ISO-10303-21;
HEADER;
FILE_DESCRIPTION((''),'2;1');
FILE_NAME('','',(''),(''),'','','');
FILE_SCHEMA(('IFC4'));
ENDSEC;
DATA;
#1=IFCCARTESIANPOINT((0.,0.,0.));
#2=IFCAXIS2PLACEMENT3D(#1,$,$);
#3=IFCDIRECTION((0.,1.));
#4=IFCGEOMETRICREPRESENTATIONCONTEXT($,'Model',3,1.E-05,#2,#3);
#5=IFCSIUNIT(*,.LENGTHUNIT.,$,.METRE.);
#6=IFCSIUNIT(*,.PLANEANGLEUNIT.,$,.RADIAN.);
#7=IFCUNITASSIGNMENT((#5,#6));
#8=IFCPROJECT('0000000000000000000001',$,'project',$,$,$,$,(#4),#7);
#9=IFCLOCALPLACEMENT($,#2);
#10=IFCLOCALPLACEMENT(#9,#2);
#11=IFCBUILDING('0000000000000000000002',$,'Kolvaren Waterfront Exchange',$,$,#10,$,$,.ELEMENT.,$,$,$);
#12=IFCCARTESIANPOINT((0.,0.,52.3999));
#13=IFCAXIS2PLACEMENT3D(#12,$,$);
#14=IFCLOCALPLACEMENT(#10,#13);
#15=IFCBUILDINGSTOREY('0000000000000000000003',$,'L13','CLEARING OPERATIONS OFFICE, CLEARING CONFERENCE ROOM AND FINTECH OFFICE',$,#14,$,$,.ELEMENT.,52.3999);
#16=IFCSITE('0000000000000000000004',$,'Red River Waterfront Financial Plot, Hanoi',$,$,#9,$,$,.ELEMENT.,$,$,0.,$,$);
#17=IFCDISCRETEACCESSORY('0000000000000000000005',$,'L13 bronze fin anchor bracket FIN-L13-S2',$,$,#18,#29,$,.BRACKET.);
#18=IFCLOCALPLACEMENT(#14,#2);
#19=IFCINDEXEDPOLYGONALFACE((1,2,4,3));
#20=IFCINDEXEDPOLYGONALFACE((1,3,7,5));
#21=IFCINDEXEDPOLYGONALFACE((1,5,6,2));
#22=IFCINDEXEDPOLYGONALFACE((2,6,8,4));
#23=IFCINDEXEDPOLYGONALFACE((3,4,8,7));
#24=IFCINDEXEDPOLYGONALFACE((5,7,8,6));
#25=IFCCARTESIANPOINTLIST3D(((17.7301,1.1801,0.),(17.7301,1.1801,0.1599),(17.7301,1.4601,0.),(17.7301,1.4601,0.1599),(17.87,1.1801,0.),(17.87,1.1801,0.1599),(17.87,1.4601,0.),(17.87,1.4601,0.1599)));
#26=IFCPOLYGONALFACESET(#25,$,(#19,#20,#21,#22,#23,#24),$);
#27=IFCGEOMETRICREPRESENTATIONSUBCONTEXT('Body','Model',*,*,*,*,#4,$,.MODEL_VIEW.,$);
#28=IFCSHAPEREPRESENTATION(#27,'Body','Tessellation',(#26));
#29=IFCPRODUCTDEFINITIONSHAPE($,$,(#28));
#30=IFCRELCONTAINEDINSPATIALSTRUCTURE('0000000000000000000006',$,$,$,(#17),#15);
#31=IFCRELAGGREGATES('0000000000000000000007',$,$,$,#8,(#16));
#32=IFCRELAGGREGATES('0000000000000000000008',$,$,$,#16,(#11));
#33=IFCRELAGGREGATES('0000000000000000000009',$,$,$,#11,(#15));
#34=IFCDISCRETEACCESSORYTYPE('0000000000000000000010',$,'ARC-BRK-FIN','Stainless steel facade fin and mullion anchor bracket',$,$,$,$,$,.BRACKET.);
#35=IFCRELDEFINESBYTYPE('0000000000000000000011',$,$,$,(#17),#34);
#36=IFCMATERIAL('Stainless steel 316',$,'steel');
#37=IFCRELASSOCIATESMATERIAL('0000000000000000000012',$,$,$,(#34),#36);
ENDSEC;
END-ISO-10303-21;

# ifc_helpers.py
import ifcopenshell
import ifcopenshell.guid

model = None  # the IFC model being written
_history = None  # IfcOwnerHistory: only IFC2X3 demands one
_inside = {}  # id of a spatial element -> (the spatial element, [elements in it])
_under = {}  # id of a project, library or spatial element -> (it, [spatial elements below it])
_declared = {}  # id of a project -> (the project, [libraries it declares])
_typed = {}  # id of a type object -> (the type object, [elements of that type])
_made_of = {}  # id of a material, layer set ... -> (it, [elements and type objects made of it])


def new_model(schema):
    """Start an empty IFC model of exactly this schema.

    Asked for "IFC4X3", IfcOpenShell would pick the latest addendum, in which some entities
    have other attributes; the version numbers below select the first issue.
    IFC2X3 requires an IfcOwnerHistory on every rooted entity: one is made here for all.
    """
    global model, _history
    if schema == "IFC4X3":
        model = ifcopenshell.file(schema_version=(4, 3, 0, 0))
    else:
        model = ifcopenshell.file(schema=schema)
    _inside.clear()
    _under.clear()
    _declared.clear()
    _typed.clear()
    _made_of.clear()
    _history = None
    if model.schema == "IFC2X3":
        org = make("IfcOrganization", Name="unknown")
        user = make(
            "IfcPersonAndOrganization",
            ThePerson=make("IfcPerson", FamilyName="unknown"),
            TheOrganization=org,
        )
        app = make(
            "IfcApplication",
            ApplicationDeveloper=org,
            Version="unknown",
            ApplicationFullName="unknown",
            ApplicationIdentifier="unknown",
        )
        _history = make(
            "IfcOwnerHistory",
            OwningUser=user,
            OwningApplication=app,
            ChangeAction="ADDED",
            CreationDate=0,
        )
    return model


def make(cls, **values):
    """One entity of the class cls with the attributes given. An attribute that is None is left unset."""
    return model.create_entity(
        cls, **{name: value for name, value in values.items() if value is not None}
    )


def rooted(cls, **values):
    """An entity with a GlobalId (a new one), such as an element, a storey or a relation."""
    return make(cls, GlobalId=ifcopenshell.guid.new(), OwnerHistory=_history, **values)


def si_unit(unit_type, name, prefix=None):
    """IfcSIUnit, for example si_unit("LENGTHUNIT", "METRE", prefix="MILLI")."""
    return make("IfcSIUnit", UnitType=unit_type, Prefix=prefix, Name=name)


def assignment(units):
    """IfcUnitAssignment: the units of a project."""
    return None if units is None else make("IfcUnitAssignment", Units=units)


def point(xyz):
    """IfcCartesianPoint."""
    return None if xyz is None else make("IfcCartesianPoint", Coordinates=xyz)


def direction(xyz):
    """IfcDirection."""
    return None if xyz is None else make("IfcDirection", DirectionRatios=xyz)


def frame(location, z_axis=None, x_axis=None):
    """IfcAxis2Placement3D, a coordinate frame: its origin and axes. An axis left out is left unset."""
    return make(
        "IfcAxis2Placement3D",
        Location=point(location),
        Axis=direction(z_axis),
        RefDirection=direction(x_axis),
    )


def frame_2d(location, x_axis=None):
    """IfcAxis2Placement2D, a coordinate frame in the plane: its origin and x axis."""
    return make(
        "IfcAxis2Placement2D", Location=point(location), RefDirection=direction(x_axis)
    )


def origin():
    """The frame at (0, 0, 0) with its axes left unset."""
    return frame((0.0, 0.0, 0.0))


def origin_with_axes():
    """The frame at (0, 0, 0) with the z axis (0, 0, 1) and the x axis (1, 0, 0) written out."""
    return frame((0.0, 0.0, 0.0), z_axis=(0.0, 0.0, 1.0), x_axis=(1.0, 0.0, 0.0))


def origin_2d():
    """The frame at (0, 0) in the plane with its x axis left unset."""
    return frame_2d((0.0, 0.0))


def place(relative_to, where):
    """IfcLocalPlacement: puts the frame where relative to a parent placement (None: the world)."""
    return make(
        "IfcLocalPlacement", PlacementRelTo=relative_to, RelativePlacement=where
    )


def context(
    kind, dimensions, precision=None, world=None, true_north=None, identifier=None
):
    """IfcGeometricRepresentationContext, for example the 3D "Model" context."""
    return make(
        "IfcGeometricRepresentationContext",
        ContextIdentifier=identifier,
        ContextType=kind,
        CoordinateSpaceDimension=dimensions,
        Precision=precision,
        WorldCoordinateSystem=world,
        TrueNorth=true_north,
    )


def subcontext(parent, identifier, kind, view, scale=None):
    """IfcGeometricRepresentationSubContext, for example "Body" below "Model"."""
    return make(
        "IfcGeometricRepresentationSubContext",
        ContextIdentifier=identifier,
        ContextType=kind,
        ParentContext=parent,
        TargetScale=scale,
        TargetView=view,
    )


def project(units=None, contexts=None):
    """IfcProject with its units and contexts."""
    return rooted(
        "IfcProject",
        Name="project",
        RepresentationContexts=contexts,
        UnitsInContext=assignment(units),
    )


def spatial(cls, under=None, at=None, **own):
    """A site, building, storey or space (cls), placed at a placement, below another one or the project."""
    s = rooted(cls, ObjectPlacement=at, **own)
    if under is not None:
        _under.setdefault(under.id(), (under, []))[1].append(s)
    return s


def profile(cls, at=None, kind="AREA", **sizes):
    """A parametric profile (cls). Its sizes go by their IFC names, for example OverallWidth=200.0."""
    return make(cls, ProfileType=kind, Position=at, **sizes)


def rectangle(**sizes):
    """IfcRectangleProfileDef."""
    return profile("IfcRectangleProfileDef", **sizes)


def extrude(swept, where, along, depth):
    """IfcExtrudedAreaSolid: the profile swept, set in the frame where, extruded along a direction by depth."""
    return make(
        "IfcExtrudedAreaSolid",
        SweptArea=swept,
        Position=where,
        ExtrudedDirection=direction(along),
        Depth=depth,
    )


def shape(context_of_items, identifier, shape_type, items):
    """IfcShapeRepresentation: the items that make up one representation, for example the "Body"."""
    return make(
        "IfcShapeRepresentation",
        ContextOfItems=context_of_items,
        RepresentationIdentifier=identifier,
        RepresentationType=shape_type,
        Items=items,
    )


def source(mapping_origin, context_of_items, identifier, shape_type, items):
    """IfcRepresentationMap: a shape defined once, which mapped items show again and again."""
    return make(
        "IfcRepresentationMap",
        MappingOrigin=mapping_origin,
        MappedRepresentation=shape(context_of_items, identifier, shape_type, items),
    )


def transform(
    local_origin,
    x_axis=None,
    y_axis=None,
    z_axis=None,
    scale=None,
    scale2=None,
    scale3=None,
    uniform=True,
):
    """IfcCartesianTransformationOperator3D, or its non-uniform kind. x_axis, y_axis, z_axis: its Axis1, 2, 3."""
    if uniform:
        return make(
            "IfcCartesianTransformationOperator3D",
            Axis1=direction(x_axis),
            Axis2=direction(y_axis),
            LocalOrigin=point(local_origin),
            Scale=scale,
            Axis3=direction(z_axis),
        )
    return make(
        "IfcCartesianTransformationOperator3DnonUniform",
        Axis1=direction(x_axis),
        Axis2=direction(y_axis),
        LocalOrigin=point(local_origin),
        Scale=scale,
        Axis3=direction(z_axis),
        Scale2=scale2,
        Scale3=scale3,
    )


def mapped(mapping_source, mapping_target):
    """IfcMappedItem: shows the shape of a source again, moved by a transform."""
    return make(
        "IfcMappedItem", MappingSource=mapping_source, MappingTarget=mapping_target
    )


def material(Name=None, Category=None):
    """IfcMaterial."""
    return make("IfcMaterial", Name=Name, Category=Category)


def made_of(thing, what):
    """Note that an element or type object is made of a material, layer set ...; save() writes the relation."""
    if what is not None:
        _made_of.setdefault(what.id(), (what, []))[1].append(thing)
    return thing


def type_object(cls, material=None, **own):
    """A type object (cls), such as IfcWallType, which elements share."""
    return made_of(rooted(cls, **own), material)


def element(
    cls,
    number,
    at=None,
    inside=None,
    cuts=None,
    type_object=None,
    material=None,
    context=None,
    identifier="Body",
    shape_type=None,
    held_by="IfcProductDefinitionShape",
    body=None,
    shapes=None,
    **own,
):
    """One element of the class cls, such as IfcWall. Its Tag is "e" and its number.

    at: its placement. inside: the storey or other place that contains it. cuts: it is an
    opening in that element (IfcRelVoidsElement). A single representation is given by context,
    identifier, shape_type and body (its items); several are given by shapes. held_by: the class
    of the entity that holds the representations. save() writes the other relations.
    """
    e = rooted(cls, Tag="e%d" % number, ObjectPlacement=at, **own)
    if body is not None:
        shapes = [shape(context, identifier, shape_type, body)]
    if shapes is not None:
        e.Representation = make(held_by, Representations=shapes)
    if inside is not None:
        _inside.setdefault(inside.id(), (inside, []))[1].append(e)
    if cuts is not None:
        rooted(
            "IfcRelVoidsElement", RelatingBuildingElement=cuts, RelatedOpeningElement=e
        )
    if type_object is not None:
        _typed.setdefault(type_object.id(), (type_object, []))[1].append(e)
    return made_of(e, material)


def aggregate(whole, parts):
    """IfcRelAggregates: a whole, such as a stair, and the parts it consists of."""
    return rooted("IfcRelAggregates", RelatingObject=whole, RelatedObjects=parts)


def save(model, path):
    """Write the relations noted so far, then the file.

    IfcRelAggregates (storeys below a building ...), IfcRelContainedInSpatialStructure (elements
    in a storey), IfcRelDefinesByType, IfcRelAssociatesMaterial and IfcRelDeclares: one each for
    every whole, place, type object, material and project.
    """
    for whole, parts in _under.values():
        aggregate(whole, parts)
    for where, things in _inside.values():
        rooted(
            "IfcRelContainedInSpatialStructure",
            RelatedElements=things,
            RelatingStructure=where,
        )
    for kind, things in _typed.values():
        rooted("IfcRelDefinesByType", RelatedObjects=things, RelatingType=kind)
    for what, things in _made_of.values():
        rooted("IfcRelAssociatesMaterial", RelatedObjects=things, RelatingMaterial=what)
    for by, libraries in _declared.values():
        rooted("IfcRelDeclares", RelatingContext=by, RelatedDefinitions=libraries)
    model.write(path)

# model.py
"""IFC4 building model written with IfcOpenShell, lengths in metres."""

from ifc_helpers import new_model, si_unit, direction, frame, origin, origin_with_axes, origin_2d, place, context, subcontext, project, spatial, rectangle, extrude, source, transform, mapped, material, type_object, element, save


model = new_model("IFC4")

# Units and contexts
model_context = context("Model", 3, precision=1e-05, world=origin(), true_north=direction((0.0, 1.0)))
body_context = subcontext(model_context, "Body", "Model", "MODEL_VIEW")
ifc_project = project(units=[si_unit("LENGTHUNIT", "METRE"), si_unit("PLANEANGLEUNIT", "RADIAN")], contexts=[model_context])

# Site, building, storey
site_placement = place(None, origin())
site = spatial("IfcSite", under=ifc_project, at=site_placement, Name="Red River Waterfront Financial Plot, Hanoi", CompositionType="ELEMENT", RefElevation=0.0)
building_placement = place(site_placement, origin())
building = spatial("IfcBuilding", under=site, at=building_placement, Name="Kolvaren Waterfront Exchange", CompositionType="ELEMENT")
storey_placement = place(building_placement, frame((0.0, 0.0, 52.3999)))
storey = spatial("IfcBuildingStorey", under=building, at=storey_placement, Name="L13", Description="CLEARING OPERATIONS OFFICE, CLEARING CONFERENCE ROOM AND FINTECH OFFICE", CompositionType="ELEMENT", Elevation=52.3999)

# Shared definitions
ifc_material_1 = material(Name="Stainless steel 316", Category="steel")

# Discrete accessory
discrete_accessory_type = type_object("IfcDiscreteAccessoryType", Name="ARC-BRK-FIN", Description="Stainless steel facade fin and mullion anchor bracket", PredefinedType="BRACKET", material=ifc_material_1)
shared_shape_1 = source(origin_with_axes(), body_context, "Body", "SweptSolid", [
    extrude(rectangle(XDim=0.28, YDim=0.1399, at=origin_2d()), origin(), (0.0, 0.0, 1.0), 0.1599),
])
for number, where, z_axis, x_axis, name in (
    (1, (17.8, 1.3201, 0.0), (0.0, 0.0, 1.0), (0.0, -1.0, 0.0), "L13 bronze fin anchor bracket FIN-L13-S2"),
):
    element("IfcDiscreteAccessory", number, at=place(storey_placement, frame(where, z_axis=z_axis, x_axis=x_axis)), inside=storey, type_object=discrete_accessory_type, Name=name, PredefinedType="BRACKET", context=body_context, shape_type="MappedRepresentation", body=[
        mapped(shared_shape_1, transform((0.0, 0.0, 0.0), x_axis=(1.0, 0.0, 0.0), y_axis=(0.0, 1.0, 0.0), z_axis=(0.0, 0.0, 1.0), scale=1.0)),
    ])

save(model, "model.ifc")
